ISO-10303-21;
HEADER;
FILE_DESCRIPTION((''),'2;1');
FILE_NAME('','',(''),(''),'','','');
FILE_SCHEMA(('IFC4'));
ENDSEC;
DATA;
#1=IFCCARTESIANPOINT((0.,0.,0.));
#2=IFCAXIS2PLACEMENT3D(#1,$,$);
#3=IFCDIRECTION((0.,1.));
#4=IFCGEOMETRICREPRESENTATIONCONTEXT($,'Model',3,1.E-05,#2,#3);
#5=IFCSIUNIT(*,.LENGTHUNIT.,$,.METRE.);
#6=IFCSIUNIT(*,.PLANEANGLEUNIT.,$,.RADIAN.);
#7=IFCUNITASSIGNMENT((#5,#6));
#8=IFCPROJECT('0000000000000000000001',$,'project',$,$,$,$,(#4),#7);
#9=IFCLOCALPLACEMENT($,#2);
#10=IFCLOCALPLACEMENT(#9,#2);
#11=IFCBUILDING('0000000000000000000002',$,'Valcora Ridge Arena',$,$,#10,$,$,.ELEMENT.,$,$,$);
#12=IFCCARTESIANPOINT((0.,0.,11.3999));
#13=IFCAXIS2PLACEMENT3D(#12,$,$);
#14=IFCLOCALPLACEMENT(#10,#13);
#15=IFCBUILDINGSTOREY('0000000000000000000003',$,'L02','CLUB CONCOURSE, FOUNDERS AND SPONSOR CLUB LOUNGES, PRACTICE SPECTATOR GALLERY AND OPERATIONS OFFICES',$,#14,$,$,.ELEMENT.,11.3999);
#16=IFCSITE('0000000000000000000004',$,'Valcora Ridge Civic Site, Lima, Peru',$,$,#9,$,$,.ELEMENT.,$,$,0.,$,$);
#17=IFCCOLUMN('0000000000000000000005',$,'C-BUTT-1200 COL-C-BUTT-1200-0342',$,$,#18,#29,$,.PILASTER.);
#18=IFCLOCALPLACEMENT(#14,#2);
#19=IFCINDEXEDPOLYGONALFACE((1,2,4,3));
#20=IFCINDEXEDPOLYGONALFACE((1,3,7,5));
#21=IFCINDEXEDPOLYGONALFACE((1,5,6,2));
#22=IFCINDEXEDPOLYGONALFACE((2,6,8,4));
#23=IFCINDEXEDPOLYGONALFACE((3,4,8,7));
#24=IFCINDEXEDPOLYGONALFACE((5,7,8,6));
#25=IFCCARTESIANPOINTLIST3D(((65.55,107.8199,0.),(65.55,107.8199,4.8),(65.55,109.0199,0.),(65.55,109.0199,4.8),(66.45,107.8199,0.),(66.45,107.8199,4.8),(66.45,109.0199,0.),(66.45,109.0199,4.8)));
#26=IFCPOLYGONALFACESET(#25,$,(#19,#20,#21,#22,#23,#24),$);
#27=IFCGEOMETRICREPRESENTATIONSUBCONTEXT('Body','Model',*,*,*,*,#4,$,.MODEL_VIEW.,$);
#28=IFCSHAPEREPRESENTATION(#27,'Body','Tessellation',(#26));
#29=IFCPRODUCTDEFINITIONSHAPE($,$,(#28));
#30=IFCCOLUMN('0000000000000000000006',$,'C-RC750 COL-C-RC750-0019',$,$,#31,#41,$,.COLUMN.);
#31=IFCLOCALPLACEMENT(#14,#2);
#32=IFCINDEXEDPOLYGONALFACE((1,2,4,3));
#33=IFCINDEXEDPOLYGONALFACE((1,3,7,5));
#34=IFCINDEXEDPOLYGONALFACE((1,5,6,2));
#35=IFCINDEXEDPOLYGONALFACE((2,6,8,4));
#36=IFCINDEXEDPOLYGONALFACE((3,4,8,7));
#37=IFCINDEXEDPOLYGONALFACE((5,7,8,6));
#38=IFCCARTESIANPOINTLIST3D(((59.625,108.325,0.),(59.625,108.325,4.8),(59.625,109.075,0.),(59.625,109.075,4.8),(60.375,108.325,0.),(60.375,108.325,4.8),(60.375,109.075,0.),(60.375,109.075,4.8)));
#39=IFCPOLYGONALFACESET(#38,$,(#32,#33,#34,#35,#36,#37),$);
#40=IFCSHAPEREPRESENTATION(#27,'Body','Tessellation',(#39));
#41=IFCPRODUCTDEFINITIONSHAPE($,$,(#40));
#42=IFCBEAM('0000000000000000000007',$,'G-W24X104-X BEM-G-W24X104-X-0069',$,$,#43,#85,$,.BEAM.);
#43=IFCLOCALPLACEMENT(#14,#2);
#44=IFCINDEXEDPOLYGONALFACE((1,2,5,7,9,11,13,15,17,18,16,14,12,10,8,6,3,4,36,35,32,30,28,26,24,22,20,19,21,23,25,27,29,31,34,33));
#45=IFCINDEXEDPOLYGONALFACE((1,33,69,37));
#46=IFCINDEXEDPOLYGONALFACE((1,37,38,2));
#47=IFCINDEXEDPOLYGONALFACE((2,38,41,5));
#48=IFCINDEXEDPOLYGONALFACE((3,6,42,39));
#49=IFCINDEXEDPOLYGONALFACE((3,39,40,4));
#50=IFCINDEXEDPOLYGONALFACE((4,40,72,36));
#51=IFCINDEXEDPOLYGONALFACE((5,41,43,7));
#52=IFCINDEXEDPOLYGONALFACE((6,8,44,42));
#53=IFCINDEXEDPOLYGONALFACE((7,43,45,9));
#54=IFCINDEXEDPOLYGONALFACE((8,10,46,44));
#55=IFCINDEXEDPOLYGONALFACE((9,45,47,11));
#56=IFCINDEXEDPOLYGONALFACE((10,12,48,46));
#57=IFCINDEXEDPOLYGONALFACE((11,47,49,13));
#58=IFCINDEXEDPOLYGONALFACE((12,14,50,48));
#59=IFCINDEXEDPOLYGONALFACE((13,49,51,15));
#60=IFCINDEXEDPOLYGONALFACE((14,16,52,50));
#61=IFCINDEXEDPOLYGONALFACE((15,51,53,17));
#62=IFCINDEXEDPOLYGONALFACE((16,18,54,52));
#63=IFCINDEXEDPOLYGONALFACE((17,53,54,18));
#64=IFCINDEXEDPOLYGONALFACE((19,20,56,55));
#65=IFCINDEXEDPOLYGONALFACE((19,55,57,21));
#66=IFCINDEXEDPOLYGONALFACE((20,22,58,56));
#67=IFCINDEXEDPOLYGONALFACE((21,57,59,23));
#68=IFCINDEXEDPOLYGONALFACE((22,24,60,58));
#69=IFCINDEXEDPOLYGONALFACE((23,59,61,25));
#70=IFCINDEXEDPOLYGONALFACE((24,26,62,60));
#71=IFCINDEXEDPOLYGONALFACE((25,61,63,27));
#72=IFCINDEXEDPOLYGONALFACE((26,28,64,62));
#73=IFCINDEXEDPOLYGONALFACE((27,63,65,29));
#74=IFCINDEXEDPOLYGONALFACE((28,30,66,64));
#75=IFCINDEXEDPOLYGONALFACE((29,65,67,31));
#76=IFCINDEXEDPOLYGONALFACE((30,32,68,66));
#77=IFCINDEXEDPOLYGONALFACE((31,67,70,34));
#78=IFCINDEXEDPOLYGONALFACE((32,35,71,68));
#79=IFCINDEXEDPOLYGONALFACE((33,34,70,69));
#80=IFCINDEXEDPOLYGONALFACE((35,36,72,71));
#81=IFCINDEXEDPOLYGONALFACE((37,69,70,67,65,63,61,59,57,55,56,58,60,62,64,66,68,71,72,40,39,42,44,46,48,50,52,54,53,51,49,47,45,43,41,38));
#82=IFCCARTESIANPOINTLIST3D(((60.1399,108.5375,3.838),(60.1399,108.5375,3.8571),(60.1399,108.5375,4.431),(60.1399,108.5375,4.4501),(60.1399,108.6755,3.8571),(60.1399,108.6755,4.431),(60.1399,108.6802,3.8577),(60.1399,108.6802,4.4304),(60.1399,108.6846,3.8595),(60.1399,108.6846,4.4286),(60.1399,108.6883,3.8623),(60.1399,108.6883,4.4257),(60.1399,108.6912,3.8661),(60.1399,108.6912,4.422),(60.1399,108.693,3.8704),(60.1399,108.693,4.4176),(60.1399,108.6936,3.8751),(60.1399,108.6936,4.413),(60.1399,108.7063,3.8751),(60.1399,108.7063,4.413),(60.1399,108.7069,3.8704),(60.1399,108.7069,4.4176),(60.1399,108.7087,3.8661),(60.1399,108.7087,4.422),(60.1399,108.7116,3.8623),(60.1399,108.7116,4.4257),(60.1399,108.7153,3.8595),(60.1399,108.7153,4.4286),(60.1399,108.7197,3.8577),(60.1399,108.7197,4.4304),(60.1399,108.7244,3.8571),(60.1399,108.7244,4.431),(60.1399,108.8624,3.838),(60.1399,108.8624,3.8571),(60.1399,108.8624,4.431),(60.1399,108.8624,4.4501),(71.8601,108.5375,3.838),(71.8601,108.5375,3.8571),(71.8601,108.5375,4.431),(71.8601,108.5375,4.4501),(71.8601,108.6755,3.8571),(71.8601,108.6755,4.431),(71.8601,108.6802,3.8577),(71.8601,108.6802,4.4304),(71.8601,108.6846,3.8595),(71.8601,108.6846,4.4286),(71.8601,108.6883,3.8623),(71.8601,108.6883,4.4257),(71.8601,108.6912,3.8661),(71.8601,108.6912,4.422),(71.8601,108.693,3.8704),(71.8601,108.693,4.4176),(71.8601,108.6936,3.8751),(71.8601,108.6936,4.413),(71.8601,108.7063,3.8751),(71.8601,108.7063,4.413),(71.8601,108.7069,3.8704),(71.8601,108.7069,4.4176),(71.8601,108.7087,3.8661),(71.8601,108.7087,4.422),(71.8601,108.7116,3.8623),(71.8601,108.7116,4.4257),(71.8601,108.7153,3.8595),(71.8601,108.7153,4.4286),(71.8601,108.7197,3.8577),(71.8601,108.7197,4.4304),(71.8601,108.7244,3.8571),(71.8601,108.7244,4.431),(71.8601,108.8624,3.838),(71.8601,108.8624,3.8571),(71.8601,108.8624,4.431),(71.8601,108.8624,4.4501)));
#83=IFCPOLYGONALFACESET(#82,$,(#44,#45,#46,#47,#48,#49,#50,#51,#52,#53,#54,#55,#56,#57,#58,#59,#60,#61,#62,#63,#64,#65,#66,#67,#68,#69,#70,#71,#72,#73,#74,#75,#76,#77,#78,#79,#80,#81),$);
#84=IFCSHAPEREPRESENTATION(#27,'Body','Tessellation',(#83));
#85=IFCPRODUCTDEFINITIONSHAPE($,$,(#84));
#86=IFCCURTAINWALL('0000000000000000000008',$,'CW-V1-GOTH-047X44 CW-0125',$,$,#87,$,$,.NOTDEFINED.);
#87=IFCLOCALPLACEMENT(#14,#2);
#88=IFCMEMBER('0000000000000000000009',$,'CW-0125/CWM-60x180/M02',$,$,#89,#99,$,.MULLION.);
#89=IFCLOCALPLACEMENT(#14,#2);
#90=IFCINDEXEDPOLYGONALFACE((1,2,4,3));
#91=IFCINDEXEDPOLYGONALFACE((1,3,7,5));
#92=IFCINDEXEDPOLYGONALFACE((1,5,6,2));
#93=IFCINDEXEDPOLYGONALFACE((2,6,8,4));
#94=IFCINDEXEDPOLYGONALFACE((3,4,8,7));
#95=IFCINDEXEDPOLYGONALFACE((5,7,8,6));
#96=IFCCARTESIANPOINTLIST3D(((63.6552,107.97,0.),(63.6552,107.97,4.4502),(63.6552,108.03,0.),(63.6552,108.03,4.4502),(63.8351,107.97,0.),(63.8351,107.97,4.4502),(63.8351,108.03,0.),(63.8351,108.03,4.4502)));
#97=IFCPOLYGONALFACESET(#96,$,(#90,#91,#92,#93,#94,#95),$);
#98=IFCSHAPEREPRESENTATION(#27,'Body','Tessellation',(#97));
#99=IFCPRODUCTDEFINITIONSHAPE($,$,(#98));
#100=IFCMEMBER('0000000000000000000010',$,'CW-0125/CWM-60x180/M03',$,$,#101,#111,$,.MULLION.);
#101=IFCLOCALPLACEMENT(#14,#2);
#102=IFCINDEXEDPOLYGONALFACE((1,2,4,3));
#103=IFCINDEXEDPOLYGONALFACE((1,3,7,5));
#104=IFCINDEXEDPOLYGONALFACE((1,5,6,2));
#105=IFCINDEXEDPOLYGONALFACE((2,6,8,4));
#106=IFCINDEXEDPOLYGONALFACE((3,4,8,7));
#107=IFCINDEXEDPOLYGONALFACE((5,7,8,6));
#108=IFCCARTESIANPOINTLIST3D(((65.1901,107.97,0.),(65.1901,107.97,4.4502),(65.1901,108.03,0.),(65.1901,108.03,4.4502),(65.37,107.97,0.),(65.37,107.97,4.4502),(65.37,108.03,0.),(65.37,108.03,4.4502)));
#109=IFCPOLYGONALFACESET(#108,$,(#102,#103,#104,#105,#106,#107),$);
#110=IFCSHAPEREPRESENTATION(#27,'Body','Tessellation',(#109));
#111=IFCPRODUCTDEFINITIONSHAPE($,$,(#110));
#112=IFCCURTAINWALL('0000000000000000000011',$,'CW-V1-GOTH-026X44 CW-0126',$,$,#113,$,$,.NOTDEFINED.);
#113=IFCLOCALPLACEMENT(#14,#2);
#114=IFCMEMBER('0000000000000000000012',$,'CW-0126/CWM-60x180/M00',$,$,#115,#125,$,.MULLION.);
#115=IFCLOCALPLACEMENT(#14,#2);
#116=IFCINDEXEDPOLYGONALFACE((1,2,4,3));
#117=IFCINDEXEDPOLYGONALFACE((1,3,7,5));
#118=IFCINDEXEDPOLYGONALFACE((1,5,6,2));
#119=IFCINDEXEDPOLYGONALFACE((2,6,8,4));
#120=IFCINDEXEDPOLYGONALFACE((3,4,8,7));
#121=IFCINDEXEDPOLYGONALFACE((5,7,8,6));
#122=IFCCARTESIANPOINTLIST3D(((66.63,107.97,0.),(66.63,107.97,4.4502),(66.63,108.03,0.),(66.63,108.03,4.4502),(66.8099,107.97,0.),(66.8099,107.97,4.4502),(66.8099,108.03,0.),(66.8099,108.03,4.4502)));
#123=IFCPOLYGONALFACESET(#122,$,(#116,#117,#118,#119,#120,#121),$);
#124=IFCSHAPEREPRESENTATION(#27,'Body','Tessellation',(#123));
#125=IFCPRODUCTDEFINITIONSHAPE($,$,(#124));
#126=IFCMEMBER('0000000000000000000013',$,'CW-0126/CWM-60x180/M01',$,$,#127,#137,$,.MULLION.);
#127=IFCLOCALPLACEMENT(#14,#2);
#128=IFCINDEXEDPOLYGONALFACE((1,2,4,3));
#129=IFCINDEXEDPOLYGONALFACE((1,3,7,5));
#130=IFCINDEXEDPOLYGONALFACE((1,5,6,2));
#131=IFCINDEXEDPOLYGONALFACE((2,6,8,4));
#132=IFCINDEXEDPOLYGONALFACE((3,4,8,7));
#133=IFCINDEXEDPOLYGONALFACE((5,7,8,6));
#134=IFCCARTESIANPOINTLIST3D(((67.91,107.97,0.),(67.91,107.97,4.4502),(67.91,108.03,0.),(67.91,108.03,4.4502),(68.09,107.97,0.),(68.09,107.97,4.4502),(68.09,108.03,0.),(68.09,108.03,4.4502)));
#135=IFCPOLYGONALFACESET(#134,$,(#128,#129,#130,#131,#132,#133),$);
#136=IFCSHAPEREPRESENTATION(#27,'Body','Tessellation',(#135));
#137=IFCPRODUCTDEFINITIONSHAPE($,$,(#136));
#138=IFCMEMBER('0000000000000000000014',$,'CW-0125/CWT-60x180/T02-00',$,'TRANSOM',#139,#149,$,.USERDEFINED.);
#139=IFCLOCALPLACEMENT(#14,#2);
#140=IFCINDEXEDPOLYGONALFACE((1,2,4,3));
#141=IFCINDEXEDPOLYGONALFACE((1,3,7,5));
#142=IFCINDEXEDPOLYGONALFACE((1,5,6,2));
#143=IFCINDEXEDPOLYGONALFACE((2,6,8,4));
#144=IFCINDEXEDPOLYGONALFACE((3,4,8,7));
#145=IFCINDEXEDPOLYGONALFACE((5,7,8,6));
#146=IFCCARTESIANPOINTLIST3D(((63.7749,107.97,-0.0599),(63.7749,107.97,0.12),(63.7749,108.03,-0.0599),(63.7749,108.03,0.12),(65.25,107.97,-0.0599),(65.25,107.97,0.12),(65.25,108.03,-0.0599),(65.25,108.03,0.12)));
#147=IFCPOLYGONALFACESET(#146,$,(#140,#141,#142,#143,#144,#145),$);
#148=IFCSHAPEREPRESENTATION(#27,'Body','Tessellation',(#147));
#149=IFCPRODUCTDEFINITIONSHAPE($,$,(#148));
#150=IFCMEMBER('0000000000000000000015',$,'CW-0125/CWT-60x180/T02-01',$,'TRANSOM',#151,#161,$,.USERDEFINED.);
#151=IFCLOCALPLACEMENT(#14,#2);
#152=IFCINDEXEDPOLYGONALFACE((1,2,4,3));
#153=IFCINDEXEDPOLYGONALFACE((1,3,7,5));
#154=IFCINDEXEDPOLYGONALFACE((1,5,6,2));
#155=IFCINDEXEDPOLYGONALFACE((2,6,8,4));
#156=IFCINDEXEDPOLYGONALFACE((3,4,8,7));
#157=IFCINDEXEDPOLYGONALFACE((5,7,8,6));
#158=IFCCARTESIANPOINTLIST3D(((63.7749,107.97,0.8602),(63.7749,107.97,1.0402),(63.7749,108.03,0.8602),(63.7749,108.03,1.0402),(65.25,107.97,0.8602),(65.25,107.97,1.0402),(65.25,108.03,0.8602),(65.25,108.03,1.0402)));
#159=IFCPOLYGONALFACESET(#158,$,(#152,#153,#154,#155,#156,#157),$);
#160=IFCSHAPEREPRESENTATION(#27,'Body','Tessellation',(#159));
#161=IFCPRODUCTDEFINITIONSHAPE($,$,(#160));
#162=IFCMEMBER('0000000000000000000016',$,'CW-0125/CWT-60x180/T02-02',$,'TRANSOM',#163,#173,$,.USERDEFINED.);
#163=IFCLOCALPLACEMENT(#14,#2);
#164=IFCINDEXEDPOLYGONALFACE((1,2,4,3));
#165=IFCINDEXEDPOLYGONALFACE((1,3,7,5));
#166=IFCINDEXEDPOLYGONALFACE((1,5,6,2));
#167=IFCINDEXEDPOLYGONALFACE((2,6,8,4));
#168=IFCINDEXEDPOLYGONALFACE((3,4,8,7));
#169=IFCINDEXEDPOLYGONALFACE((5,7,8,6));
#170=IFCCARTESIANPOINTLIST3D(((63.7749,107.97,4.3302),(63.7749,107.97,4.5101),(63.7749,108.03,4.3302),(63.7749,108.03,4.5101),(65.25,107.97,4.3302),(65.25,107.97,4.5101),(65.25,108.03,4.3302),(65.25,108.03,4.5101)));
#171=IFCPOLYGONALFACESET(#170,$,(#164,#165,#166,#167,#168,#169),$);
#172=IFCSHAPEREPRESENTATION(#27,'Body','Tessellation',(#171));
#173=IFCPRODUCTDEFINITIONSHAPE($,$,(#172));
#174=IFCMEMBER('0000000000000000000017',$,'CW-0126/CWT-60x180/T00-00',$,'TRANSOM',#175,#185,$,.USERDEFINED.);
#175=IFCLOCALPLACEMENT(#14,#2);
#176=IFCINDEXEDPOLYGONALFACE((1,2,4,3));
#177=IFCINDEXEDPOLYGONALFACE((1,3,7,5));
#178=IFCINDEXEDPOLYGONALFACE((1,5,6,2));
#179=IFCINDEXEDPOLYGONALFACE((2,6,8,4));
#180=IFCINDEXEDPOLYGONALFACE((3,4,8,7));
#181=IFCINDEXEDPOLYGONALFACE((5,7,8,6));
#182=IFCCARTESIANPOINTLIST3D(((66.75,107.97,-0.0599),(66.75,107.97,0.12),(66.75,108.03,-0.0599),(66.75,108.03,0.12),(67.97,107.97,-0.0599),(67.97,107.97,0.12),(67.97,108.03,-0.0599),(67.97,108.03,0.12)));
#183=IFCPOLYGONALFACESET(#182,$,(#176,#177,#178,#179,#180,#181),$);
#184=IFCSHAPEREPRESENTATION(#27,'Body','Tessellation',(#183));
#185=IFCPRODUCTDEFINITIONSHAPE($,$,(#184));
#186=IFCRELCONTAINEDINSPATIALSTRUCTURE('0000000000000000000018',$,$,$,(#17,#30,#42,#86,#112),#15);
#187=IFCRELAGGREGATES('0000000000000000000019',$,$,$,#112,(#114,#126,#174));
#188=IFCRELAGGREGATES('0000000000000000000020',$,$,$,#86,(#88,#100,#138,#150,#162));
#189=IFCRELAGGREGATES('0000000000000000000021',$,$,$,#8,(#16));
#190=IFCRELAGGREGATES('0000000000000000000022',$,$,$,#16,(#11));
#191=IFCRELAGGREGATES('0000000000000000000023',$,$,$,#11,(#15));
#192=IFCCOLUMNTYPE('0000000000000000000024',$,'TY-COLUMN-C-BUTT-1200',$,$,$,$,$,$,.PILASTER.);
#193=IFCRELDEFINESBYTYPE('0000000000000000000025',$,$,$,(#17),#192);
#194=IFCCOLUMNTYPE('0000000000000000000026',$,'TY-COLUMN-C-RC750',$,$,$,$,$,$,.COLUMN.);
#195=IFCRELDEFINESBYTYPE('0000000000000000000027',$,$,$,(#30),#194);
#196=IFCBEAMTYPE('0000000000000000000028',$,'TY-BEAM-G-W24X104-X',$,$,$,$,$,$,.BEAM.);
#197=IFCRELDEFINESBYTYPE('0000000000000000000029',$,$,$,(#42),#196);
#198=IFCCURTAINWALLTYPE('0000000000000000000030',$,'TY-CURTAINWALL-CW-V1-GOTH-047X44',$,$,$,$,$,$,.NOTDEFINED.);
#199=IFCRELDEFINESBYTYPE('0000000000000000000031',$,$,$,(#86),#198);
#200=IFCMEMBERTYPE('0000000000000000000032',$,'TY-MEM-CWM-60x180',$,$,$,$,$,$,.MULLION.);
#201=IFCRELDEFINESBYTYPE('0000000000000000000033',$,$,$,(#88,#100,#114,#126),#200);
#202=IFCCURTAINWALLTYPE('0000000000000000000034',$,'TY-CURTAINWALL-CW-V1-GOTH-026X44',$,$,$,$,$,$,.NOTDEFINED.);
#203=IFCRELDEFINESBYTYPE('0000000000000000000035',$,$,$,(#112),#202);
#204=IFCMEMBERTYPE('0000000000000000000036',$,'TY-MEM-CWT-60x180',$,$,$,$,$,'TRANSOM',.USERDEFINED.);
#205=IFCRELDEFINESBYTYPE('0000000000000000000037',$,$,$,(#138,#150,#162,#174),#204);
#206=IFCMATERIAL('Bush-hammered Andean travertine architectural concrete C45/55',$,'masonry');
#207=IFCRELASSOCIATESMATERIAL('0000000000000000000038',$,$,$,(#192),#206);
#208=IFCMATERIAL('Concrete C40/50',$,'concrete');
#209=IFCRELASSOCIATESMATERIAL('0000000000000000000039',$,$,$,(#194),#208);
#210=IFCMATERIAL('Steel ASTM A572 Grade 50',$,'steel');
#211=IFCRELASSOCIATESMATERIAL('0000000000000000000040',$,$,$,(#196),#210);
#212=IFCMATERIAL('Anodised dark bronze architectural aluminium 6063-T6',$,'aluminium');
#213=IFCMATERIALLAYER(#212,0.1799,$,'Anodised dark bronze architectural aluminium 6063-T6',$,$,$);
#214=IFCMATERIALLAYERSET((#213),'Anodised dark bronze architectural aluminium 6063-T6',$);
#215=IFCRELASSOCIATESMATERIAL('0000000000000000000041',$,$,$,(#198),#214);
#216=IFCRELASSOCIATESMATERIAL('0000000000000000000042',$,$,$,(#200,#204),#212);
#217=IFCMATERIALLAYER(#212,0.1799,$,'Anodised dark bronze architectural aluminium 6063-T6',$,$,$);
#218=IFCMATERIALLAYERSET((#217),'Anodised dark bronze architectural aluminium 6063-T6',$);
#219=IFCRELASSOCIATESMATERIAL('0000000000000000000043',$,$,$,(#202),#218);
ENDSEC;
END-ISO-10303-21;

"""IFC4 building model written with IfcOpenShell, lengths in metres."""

from ifc_helpers import new_model, si_unit, direction, frame, origin, origin_2d, place, context, subcontext, project, spatial, rectangle, i_section, extrude, material, layer, layer_set, material_profile, profile_set, type_object, element, aggregate, save


model = new_model("IFC4")

# Units and contexts
model_context = context("Model", 3, precision=1e-05, world=origin(), true_north=direction((0.0, 1.0)))
body_context = subcontext(model_context, "Body", "Model", "MODEL_VIEW")
ifc_project = project(units=[si_unit("LENGTHUNIT", "METRE"), si_unit("PLANEANGLEUNIT", "RADIAN")], contexts=[model_context])

# Site, building, storey
site_placement = place(None, origin())
site = spatial("IfcSite", under=ifc_project, at=site_placement, Name="Valcora Ridge Civic Site, Lima, Peru", CompositionType="ELEMENT", RefElevation=0.0)
building_placement = place(site_placement, origin())
building = spatial("IfcBuilding", under=site, at=building_placement, Name="Valcora Ridge Arena", CompositionType="ELEMENT")
storey_placement = place(building_placement, frame((0.0, 0.0, 11.3999)))
storey = spatial("IfcBuildingStorey", under=building, at=storey_placement, Name="L02", Description="CLUB CONCOURSE, FOUNDERS AND SPONSOR CLUB LOUNGES, PRACTICE SPECTATOR GALLERY AND OPERATIONS OFFICES", CompositionType="ELEMENT", Elevation=11.3999)

# Columns
ifc_material_1 = material(Name="Bush-hammered Andean travertine architectural concrete C45/55", Category="masonry")
ifc_material_profile_1 = material_profile(ifc_material_1, rectangle(XDim=0.8999, YDim=1.2, at=origin_2d()), Name="RC 900x1200")
ifc_profile_set_1 = profile_set([ifc_material_profile_1], Name="Bush-hammered Andean travertine architectural concrete C45/55")
column_type_1 = type_object("IfcColumnType", Name="TY-COLUMN-C-BUTT-1200", PredefinedType="PILASTER", material=ifc_profile_set_1)
column_1_placement = place(storey_placement, frame((66.0, 108.4199, 0.0), z_axis=(0.0, 0.0, 1.0), x_axis=(1.0, 0.0, 0.0)))
element("IfcColumn", 1, at=column_1_placement, inside=storey, type_object=column_type_1, Name="C-BUTT-1200 COL-C-BUTT-1200-0342", PredefinedType="PILASTER", context=body_context, shape_type="SweptSolid", body=[
    extrude(rectangle(XDim=0.8999, YDim=1.2, at=origin_2d()), origin(), (0.0, 0.0, 1.0), 4.8),
])
ifc_material_2 = material(Name="Concrete C40/50", Category="concrete")
ifc_material_profile_2 = material_profile(ifc_material_2, rectangle(XDim=0.75, YDim=0.75, at=origin_2d()), Name="RC 750x750")
ifc_profile_set_2 = profile_set([ifc_material_profile_2], Name="Concrete C40/50")
column_type_2 = type_object("IfcColumnType", Name="TY-COLUMN-C-RC750", PredefinedType="COLUMN", material=ifc_profile_set_2)
column_2_placement = place(storey_placement, frame((60.0, 108.7, 0.0), z_axis=(0.0, 0.0, 1.0), x_axis=(1.0, 0.0, 0.0)))
element("IfcColumn", 2, at=column_2_placement, inside=storey, type_object=column_type_2, Name="C-RC750 COL-C-RC750-0019", PredefinedType="COLUMN", context=body_context, shape_type="SweptSolid", body=[
    extrude(rectangle(XDim=0.75, YDim=0.75, at=origin_2d()), origin(), (0.0, 0.0, 1.0), 4.8),
])

# Beam
ifc_material_3 = material(Name="Steel ASTM A572 Grade 50", Category="steel")
ifc_material_profile_3 = material_profile(ifc_material_3, i_section(OverallWidth=0.325, OverallDepth=0.6121, WebThickness=0.0127, FlangeThickness=0.019, FilletRadius=0.0181, at=origin_2d()), Name="W24X104")
ifc_profile_set_3 = profile_set([ifc_material_profile_3], Name="Steel ASTM A572 Grade 50")
beam_type = type_object("IfcBeamType", Name="TY-BEAM-G-W24X104-X", PredefinedType="BEAM", material=ifc_profile_set_3)
beam_placement = place(storey_placement, frame((60.1399, 108.7, 4.144), z_axis=(1.0, 0.0, 0.0), x_axis=(0.0, 1.0, 0.0)))
element("IfcBeam", 3, at=beam_placement, inside=storey, type_object=beam_type, Name="G-W24X104-X BEM-G-W24X104-X-0069", PredefinedType="BEAM", context=body_context, shape_type="SweptSolid", body=[
    extrude(i_section(OverallWidth=0.325, OverallDepth=0.6121, WebThickness=0.0127, FlangeThickness=0.019, FilletRadius=0.0181, at=origin_2d()), origin(), (0.0, 0.0, 1.0), 11.7202),
])

# Curtain walls, members
ifc_material_4 = material(Name="Anodised dark bronze architectural aluminium 6063-T6", Category="aluminium")
ifc_layer_1 = layer(ifc_material_4, 0.1799, Name="Anodised dark bronze architectural aluminium 6063-T6")
ifc_layer_set_1 = layer_set([ifc_layer_1], Name="Anodised dark bronze architectural aluminium 6063-T6")
curtain_wall_type_1 = type_object("IfcCurtainWallType", Name="TY-CURTAINWALL-CW-V1-GOTH-047X44", PredefinedType="NOTDEFINED", material=ifc_layer_set_1)
curtain_wall_1_placement = place(storey_placement, origin())
curtain_wall_1 = element("IfcCurtainWall", 4, at=curtain_wall_1_placement, inside=storey, type_object=curtain_wall_type_1, Name="CW-V1-GOTH-047X44 CW-0125", PredefinedType="NOTDEFINED")
ifc_material_profile_4 = material_profile(ifc_material_4, rectangle(XDim=0.0601, YDim=0.1799, at=origin_2d()), Name="ALU MULLION 60x180")
ifc_profile_set_4 = profile_set([ifc_material_profile_4], Name="Anodised dark bronze architectural aluminium 6063-T6")
member_type_1 = type_object("IfcMemberType", Name="TY-MEM-CWM-60x180", PredefinedType="MULLION", material=ifc_profile_set_4)
member_1_placement = place(storey_placement, frame((63.7451, 108.0, 0.0), z_axis=(0.0, 0.0, 1.0), x_axis=(0.0, 1.0, 0.0)))
member_1 = element("IfcMember", 5, at=member_1_placement, type_object=member_type_1, Name="CW-0125/CWM-60x180/M02", PredefinedType="MULLION", context=body_context, shape_type="SweptSolid", body=[
    extrude(rectangle(XDim=0.0601, YDim=0.1799, at=origin_2d()), origin(), (0.0, 0.0, 1.0), 4.4502),
])
member_2_placement = place(storey_placement, frame((65.28, 108.0, 0.0), z_axis=(0.0, 0.0, 1.0), x_axis=(0.0, 1.0, 0.0)))
member_2 = element("IfcMember", 6, at=member_2_placement, type_object=member_type_1, Name="CW-0125/CWM-60x180/M03", PredefinedType="MULLION", context=body_context, shape_type="SweptSolid", body=[
    extrude(rectangle(XDim=0.0601, YDim=0.1799, at=origin_2d()), origin(), (0.0, 0.0, 1.0), 4.4502),
])
ifc_layer_2 = layer(ifc_material_4, 0.1799, Name="Anodised dark bronze architectural aluminium 6063-T6")
ifc_layer_set_2 = layer_set([ifc_layer_2], Name="Anodised dark bronze architectural aluminium 6063-T6")
curtain_wall_type_2 = type_object("IfcCurtainWallType", Name="TY-CURTAINWALL-CW-V1-GOTH-026X44", PredefinedType="NOTDEFINED", material=ifc_layer_set_2)
curtain_wall_2_placement = place(storey_placement, origin())
curtain_wall_2 = element("IfcCurtainWall", 7, at=curtain_wall_2_placement, inside=storey, type_object=curtain_wall_type_2, Name="CW-V1-GOTH-026X44 CW-0126", PredefinedType="NOTDEFINED")
member_3_placement = place(storey_placement, frame((66.72, 108.0, 0.0), z_axis=(0.0, 0.0, 1.0), x_axis=(0.0, 1.0, 0.0)))
member_3 = element("IfcMember", 8, at=member_3_placement, type_object=member_type_1, Name="CW-0126/CWM-60x180/M00", PredefinedType="MULLION", context=body_context, shape_type="SweptSolid", body=[
    extrude(rectangle(XDim=0.0601, YDim=0.1799, at=origin_2d()), origin(), (0.0, 0.0, 1.0), 4.4502),
])
member_4_placement = place(storey_placement, frame((68.0, 108.0, 0.0), z_axis=(0.0, 0.0, 1.0), x_axis=(0.0, 1.0, 0.0)))
member_4 = element("IfcMember", 9, at=member_4_placement, type_object=member_type_1, Name="CW-0126/CWM-60x180/M01", PredefinedType="MULLION", context=body_context, shape_type="SweptSolid", body=[
    extrude(rectangle(XDim=0.0601, YDim=0.1799, at=origin_2d()), origin(), (0.0, 0.0, 1.0), 4.4502),
])

# Members
ifc_material_profile_5 = material_profile(ifc_material_4, rectangle(XDim=0.0601, YDim=0.1799, at=origin_2d()), Name="ALU TRANSOM 60x180")
ifc_profile_set_5 = profile_set([ifc_material_profile_5], Name="Anodised dark bronze architectural aluminium 6063-T6")
member_type_2 = type_object("IfcMemberType", Name="TY-MEM-CWT-60x180", ElementType="TRANSOM", PredefinedType="USERDEFINED", material=ifc_profile_set_5)
member_5_placement = place(storey_placement, frame((63.7749, 108.0, 0.03), z_axis=(1.0, 0.0, 0.0), x_axis=(0.0, 1.0, 0.0)))
member_5 = element("IfcMember", 10, at=member_5_placement, type_object=member_type_2, Name="CW-0125/CWT-60x180/T02-00", ObjectType="TRANSOM", PredefinedType="USERDEFINED", context=body_context, shape_type="SweptSolid", body=[
    extrude(rectangle(XDim=0.0601, YDim=0.1799, at=origin_2d()), origin(), (0.0, 0.0, 1.0), 1.4751),
])
member_6_placement = place(storey_placement, frame((63.7749, 108.0, 0.9502), z_axis=(1.0, 0.0, 0.0), x_axis=(0.0, 1.0, 0.0)))
member_6 = element("IfcMember", 11, at=member_6_placement, type_object=member_type_2, Name="CW-0125/CWT-60x180/T02-01", ObjectType="TRANSOM", PredefinedType="USERDEFINED", context=body_context, shape_type="SweptSolid", body=[
    extrude(rectangle(XDim=0.0601, YDim=0.1799, at=origin_2d()), origin(), (0.0, 0.0, 1.0), 1.4751),
])
member_7_placement = place(storey_placement, frame((63.7749, 108.0, 4.4202), z_axis=(1.0, 0.0, 0.0), x_axis=(0.0, 1.0, 0.0)))
member_7 = element("IfcMember", 12, at=member_7_placement, type_object=member_type_2, Name="CW-0125/CWT-60x180/T02-02", ObjectType="TRANSOM", PredefinedType="USERDEFINED", context=body_context, shape_type="SweptSolid", body=[
    extrude(rectangle(XDim=0.0601, YDim=0.1799, at=origin_2d()), origin(), (0.0, 0.0, 1.0), 1.4751),
])
member_8_placement = place(storey_placement, frame((66.75, 108.0, 0.03), z_axis=(1.0, 0.0, 0.0), x_axis=(0.0, 1.0, 0.0)))
member_8 = element("IfcMember", 13, at=member_8_placement, type_object=member_type_2, Name="CW-0126/CWT-60x180/T00-00", ObjectType="TRANSOM", PredefinedType="USERDEFINED", context=body_context, shape_type="SweptSolid", body=[
    extrude(rectangle(XDim=0.0601, YDim=0.1799, at=origin_2d()), origin(), (0.0, 0.0, 1.0), 1.22),
])

aggregate(curtain_wall_2, [member_3, member_4, member_8])
aggregate(curtain_wall_1, [member_1, member_2, member_5, member_6, member_7])

save(model, "model.ifc")
